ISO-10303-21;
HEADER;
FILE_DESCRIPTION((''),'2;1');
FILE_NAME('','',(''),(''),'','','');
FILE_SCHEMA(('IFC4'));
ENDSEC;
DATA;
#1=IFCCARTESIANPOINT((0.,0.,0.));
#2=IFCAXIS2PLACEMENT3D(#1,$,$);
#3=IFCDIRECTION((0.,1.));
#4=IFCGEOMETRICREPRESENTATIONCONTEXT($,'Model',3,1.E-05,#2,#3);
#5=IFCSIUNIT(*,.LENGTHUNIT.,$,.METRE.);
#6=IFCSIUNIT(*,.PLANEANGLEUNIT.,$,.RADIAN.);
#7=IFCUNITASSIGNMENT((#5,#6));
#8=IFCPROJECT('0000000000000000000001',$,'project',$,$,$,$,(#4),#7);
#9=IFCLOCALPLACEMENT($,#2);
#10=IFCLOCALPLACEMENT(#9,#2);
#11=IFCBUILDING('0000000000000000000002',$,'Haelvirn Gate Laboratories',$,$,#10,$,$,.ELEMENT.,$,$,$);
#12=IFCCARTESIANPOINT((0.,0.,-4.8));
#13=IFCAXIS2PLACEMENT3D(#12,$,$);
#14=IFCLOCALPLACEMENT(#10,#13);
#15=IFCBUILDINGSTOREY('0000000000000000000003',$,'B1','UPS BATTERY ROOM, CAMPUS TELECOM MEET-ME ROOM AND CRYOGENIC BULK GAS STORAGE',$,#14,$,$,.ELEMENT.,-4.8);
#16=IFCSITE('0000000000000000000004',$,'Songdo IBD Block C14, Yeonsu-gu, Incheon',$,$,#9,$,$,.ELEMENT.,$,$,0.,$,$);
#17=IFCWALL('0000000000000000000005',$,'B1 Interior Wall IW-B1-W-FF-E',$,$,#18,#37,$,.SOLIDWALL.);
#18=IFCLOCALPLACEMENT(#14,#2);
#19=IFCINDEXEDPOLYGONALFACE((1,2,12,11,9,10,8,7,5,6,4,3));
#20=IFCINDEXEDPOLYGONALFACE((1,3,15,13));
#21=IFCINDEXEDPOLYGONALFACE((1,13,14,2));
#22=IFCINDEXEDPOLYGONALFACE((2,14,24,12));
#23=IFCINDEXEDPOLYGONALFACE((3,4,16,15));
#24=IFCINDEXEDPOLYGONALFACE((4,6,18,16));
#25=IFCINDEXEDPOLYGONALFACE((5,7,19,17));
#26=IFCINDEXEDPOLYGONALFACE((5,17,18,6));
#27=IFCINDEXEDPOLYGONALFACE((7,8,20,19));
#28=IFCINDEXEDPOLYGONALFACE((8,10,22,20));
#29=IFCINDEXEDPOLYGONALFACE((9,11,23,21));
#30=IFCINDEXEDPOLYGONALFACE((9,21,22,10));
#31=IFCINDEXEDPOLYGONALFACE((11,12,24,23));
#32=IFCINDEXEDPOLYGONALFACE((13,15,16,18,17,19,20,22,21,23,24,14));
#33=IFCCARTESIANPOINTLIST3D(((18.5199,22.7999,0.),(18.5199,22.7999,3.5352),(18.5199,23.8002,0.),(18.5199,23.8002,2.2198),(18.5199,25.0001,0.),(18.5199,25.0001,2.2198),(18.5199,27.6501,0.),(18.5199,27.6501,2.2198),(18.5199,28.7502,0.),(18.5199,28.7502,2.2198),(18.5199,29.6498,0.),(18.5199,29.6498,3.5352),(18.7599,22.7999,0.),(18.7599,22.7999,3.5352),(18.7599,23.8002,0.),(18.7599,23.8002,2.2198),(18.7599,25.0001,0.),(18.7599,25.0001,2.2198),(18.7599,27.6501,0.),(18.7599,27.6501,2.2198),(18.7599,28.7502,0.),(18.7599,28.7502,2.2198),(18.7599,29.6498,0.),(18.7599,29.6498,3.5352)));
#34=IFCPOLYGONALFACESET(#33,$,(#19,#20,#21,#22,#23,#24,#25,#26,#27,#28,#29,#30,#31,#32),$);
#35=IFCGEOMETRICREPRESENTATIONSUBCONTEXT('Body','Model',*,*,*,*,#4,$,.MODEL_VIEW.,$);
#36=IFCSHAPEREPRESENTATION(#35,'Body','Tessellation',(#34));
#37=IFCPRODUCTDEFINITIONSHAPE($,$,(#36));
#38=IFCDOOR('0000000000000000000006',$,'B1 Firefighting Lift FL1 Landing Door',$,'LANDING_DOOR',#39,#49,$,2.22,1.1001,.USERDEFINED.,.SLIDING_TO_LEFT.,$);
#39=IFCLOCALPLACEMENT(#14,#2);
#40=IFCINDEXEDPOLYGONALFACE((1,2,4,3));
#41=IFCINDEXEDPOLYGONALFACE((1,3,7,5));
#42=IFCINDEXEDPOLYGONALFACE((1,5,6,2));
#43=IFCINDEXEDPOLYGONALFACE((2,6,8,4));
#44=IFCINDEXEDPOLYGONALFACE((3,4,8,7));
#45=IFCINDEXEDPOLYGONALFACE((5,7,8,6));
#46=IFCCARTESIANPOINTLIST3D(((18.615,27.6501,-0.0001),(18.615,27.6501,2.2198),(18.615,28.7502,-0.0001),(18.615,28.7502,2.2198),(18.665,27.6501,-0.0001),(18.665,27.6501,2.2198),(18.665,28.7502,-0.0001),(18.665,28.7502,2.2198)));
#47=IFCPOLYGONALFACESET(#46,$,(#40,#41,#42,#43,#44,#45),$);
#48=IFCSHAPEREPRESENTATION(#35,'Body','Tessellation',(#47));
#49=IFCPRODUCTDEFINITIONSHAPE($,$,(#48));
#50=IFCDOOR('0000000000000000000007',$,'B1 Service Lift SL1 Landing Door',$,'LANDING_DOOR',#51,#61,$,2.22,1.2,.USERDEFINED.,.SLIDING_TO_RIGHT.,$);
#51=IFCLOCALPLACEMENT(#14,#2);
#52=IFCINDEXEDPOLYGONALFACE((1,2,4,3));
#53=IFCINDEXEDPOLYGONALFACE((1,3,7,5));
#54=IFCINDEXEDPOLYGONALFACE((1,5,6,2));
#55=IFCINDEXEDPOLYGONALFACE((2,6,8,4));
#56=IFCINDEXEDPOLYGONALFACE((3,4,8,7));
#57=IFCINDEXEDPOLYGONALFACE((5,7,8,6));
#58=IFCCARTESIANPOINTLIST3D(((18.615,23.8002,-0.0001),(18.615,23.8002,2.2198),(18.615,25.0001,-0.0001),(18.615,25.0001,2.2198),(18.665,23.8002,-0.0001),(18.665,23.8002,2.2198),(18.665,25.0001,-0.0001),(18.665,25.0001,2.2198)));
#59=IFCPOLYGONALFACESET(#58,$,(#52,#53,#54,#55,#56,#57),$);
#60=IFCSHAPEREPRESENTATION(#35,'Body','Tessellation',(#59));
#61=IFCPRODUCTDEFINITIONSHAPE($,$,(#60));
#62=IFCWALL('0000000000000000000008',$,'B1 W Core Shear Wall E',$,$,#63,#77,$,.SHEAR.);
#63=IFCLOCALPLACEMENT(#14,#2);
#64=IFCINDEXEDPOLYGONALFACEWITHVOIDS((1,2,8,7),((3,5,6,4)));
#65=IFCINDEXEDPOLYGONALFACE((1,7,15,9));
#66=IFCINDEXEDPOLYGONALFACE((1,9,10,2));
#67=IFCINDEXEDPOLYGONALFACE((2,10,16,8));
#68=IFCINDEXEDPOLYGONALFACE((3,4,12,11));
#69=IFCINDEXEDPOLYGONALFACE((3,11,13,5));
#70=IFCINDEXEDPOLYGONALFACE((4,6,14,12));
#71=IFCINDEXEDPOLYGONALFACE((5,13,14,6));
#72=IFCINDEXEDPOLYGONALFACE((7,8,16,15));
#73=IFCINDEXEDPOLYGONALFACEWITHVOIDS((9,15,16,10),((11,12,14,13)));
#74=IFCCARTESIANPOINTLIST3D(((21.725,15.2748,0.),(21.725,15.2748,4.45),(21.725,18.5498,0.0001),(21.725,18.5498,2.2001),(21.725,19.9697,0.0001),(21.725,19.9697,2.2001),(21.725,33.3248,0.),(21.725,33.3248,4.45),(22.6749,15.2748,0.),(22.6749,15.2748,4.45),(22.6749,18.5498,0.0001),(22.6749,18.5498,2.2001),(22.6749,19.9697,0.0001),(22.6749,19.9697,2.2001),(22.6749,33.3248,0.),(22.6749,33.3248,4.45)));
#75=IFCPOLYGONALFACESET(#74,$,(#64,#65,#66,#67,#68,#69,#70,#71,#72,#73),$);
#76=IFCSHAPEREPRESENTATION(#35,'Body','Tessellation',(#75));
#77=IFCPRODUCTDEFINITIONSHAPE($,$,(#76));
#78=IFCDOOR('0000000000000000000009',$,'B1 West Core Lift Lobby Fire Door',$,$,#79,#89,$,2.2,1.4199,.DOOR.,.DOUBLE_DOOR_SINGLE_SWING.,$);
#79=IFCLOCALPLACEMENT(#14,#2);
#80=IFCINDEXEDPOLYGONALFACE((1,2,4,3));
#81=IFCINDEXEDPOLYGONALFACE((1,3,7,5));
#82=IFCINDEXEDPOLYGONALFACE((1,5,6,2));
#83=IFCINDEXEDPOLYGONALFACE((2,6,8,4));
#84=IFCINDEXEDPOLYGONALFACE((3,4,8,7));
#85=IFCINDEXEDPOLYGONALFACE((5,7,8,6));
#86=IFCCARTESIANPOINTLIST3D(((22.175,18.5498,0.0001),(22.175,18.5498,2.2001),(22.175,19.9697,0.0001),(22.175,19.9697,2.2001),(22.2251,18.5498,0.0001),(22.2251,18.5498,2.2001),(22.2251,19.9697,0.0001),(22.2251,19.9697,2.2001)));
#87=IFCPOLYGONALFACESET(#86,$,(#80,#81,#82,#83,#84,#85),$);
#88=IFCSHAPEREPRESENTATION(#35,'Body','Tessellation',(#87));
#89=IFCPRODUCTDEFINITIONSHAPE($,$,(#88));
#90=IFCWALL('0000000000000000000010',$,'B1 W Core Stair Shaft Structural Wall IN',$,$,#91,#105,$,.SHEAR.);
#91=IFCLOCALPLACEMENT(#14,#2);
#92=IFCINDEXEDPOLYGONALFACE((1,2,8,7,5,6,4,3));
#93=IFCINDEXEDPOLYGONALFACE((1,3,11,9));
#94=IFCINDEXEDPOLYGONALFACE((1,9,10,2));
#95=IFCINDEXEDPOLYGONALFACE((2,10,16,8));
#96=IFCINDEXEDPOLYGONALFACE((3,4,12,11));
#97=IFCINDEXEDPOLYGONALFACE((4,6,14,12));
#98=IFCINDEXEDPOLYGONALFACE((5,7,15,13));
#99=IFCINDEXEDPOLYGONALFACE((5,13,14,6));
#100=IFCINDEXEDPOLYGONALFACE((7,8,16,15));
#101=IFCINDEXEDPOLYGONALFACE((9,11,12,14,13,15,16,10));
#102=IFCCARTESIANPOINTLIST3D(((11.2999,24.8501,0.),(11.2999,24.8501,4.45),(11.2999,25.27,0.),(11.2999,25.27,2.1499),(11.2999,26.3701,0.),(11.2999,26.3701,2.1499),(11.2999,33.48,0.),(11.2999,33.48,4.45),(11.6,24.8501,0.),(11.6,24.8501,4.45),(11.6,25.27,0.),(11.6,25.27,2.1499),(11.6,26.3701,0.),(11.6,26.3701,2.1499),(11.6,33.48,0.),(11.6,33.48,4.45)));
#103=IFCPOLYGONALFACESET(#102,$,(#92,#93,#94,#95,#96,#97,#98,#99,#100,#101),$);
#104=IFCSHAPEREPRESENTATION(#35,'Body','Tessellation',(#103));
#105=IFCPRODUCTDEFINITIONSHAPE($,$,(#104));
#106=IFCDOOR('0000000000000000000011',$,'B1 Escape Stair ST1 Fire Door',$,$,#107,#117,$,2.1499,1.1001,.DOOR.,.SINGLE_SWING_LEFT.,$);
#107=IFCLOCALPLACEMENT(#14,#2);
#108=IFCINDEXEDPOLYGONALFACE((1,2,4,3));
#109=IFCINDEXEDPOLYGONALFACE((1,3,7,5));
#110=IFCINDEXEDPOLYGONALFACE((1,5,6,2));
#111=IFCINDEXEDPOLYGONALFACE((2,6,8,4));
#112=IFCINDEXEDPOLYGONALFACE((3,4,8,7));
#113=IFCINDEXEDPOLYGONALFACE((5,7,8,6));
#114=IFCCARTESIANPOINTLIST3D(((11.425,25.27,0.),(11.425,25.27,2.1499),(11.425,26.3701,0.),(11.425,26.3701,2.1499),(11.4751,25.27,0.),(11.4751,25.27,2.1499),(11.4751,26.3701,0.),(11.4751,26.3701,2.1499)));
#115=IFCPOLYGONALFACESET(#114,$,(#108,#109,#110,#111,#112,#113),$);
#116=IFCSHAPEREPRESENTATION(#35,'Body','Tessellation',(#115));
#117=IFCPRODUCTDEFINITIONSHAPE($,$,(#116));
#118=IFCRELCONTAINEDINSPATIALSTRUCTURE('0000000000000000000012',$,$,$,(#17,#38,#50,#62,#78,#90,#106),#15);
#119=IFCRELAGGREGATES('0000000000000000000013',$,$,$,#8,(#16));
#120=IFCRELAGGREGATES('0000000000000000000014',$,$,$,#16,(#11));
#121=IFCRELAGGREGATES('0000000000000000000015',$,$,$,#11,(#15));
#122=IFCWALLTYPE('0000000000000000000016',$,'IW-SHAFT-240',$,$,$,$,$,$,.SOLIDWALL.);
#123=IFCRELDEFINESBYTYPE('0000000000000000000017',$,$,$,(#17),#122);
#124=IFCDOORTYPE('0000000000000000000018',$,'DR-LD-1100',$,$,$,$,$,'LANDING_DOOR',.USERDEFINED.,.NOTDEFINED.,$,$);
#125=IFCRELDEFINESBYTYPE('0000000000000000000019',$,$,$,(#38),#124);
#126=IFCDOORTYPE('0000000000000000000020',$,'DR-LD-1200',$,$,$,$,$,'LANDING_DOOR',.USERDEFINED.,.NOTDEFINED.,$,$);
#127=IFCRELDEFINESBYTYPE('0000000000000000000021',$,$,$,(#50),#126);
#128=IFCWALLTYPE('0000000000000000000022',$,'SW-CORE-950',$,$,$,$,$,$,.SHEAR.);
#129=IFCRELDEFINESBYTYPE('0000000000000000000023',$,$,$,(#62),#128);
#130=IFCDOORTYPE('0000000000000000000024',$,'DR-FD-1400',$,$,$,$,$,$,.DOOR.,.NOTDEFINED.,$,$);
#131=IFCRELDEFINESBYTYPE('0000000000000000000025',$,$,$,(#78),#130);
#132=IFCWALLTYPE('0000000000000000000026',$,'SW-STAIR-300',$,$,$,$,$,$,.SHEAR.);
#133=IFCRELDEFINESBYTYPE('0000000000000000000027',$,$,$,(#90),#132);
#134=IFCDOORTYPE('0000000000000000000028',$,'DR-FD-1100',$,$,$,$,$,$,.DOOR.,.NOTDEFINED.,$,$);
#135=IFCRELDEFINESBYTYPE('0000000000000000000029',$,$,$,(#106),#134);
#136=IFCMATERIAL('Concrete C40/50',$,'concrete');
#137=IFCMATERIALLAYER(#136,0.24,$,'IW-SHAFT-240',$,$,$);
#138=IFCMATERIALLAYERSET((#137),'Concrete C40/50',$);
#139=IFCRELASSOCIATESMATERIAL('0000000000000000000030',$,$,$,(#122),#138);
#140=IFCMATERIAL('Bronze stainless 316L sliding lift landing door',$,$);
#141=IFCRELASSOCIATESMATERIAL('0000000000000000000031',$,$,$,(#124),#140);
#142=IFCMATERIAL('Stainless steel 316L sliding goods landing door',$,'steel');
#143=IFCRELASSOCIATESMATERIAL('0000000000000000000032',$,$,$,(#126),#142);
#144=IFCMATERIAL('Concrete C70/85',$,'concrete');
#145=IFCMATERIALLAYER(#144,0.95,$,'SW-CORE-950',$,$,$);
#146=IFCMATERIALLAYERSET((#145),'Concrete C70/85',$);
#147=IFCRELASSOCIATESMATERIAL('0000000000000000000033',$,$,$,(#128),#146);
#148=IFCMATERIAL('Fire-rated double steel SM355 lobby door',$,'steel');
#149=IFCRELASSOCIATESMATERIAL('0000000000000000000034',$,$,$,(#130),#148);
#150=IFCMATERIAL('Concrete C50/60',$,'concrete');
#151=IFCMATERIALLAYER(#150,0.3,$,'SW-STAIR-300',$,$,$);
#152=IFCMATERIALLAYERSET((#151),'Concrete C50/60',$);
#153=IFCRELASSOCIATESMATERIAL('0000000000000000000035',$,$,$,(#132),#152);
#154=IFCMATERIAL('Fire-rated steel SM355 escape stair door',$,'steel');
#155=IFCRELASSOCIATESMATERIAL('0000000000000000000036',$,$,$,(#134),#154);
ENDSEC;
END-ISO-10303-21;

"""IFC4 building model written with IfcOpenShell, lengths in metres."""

from ifc_helpers import new_model, si_unit, direction, frame, frame_2d, origin, place, context, subcontext, project, spatial, rectangle, extrude, source, transform, mapped, material, layer, layer_set, type_object, type_shapes, element, fill, save


model = new_model("IFC4")

# Units and contexts
model_context = context("Model", 3, precision=1e-05, world=origin(), true_north=direction((0.0, 1.0)))
body_context = subcontext(model_context, "Body", "Model", "MODEL_VIEW")
ifc_project = project(units=[si_unit("LENGTHUNIT", "METRE"), si_unit("PLANEANGLEUNIT", "RADIAN")], contexts=[model_context])

# Site, building, storey
site_placement = place(None, origin())
site = spatial("IfcSite", under=ifc_project, at=site_placement, Name="Songdo IBD Block C14, Yeonsu-gu, Incheon", CompositionType="ELEMENT", RefElevation=0.0)
building_placement = place(site_placement, origin())
building = spatial("IfcBuilding", under=site, at=building_placement, Name="Haelvirn Gate Laboratories", CompositionType="ELEMENT")
storey_placement = place(building_placement, frame((0.0, 0.0, -4.8)))
storey = spatial("IfcBuildingStorey", under=building, at=storey_placement, Name="B1", Description="UPS BATTERY ROOM, CAMPUS TELECOM MEET-ME ROOM AND CRYOGENIC BULK GAS STORAGE", CompositionType="ELEMENT", Elevation=-4.8)

# Shared definitions
ifc_material_1 = material(Name="Concrete C40/50", Category="concrete")

# Shared definitions
ifc_layer_1 = layer(ifc_material_1, 0.24, Name="IW-SHAFT-240")
ifc_layer_set_1 = layer_set([ifc_layer_1], Name="Concrete C40/50")
wall_type_1 = type_object("IfcWallType", Name="IW-SHAFT-240", PredefinedType="SOLIDWALL", material=ifc_layer_set_1)

# Wall, openings, doors
wall_1_placement = place(storey_placement, frame((18.6399, 22.8, 0.0), z_axis=(0.0, 0.0, 1.0), x_axis=(0.0, 1.0, 0.0)))
wall_1 = element("IfcWall", 1, at=wall_1_placement, inside=storey, type_object=wall_type_1, Name="B1 Interior Wall IW-B1-W-FF-E", PredefinedType="SOLIDWALL", context=body_context, shape_type="SweptSolid", body=[
    extrude(rectangle(XDim=6.8499, YDim=0.24, at=frame_2d((3.4248, 0.0))), origin(), (0.0, 0.0, 1.0), 3.5352),
])
opening_1_placement = place(wall_1_placement, frame((4.8501, 0.0, 0.0)))
opening_1 = element("IfcOpeningElement", 2, at=opening_1_placement, cuts=wall_1, PredefinedType="OPENING", context=body_context, shape_type="SweptSolid", body=[
    extrude(rectangle(XDim=1.1001, YDim=2.22, at=frame_2d((0.55, 1.1099))), frame((0.0, 0.1299, 0.0), z_axis=(0.0, -1.0, 0.0), x_axis=(1.0, 0.0, 0.0)), (0.0, 0.0, 1.0), 0.26),
])
opening_2_placement = place(wall_1_placement, frame((1.0, 0.0, 0.0)))
opening_2 = element("IfcOpeningElement", 3, at=opening_2_placement, cuts=wall_1, PredefinedType="OPENING", context=body_context, shape_type="SweptSolid", body=[
    extrude(rectangle(XDim=1.2, YDim=2.22, at=frame_2d((0.6001, 1.1099))), frame((0.0, 0.1299, 0.0), z_axis=(0.0, -1.0, 0.0), x_axis=(1.0, 0.0, 0.0)), (0.0, 0.0, 1.0), 0.26),
])
ifc_material_2 = material(Name="Bronze stainless 316L sliding lift landing door")
door_type_1 = type_object("IfcDoorType", Name="DR-LD-1100", ElementType="LANDING_DOOR", OperationType="NOTDEFINED", PredefinedType="USERDEFINED", material=ifc_material_2)
shared_shape_1 = source(origin(), body_context, "Body", "SweptSolid", [
    extrude(rectangle(XDim=1.1001, YDim=2.22, at=frame_2d((0.55, 1.1099))), frame((0.0, 0.0249, 0.0), z_axis=(0.0, -1.0, 0.0), x_axis=(1.0, 0.0, 0.0)), (0.0, 0.0, 1.0), 0.05),
])
type_shapes(door_type_1, [shared_shape_1])
door_1_placement = place(opening_1_placement, origin())
door_1 = element("IfcDoor", 4, at=door_1_placement, inside=storey, type_object=door_type_1, Name="B1 Firefighting Lift FL1 Landing Door", ObjectType="LANDING_DOOR", OperationType="SLIDING_TO_LEFT", OverallHeight=2.22, OverallWidth=1.1001, PredefinedType="USERDEFINED", context=body_context, shape_type="MappedRepresentation", body=[
    mapped(shared_shape_1, transform((0.0, 0.0, 0.0), scale=1.0)),
])
fill(opening_1, door_1)
ifc_material_3 = material(Name="Stainless steel 316L sliding goods landing door", Category="steel")
door_type_2 = type_object("IfcDoorType", Name="DR-LD-1200", ElementType="LANDING_DOOR", OperationType="NOTDEFINED", PredefinedType="USERDEFINED", material=ifc_material_3)
shared_shape_2 = source(origin(), body_context, "Body", "SweptSolid", [
    extrude(rectangle(XDim=1.2, YDim=2.22, at=frame_2d((0.6001, 1.1099))), frame((0.0, 0.0249, 0.0), z_axis=(0.0, -1.0, 0.0), x_axis=(1.0, 0.0, 0.0)), (0.0, 0.0, 1.0), 0.05),
])
type_shapes(door_type_2, [shared_shape_2])
door_2_placement = place(opening_2_placement, origin())
door_2 = element("IfcDoor", 5, at=door_2_placement, inside=storey, type_object=door_type_2, Name="B1 Service Lift SL1 Landing Door", ObjectType="LANDING_DOOR", OperationType="SLIDING_TO_RIGHT", OverallHeight=2.22, OverallWidth=1.2, PredefinedType="USERDEFINED", context=body_context, shape_type="MappedRepresentation", body=[
    mapped(shared_shape_2, transform((0.0, 0.0, 0.0), scale=1.0)),
])
fill(opening_2, door_2)

# Walls, openings, doors
ifc_material_4 = material(Name="Concrete C70/85", Category="concrete")
ifc_layer_2 = layer(ifc_material_4, 0.95, Name="SW-CORE-950")
ifc_layer_set_2 = layer_set([ifc_layer_2], Name="Concrete C70/85")
wall_type_2 = type_object("IfcWallType", Name="SW-CORE-950", PredefinedType="SHEAR", material=ifc_layer_set_2)
wall_2_placement = place(storey_placement, frame((22.2, 15.2749, 0.0), z_axis=(0.0, 0.0, 1.0), x_axis=(0.0, 1.0, 0.0)))
wall_2 = element("IfcWall", 6, at=wall_2_placement, inside=storey, type_object=wall_type_2, Name="B1 W Core Shear Wall E", PredefinedType="SHEAR", context=body_context, shape_type="SweptSolid", body=[
    extrude(rectangle(XDim=18.05, YDim=0.95, at=frame_2d((9.0249, 0.0))), origin(), (0.0, 0.0, 1.0), 4.45),
])
opening_3_placement = place(wall_2_placement, frame((3.2749, 0.0, 0.0)))
opening_3 = element("IfcOpeningElement", 7, at=opening_3_placement, cuts=wall_2, PredefinedType="OPENING", context=body_context, shape_type="SweptSolid", body=[
    extrude(rectangle(XDim=1.4199, YDim=2.2, at=frame_2d((0.71, 1.1001))), frame((0.0, 0.4849, 0.0), z_axis=(0.0, -1.0, 0.0), x_axis=(1.0, 0.0, 0.0)), (0.0, 0.0, 1.0), 0.97),
])
ifc_material_5 = material(Name="Fire-rated double steel SM355 lobby door", Category="steel")
door_type_3 = type_object("IfcDoorType", Name="DR-FD-1400", OperationType="NOTDEFINED", PredefinedType="DOOR", material=ifc_material_5)
shared_shape_3 = source(origin(), body_context, "Body", "SweptSolid", [
    extrude(rectangle(XDim=1.4199, YDim=2.2, at=frame_2d((0.71, 1.1001))), frame((0.0, 0.0249, 0.0), z_axis=(0.0, -1.0, 0.0), x_axis=(1.0, 0.0, 0.0)), (0.0, 0.0, 1.0), 0.05),
])
type_shapes(door_type_3, [shared_shape_3])
door_3_placement = place(opening_3_placement, origin())
door_3 = element("IfcDoor", 8, at=door_3_placement, inside=storey, type_object=door_type_3, Name="B1 West Core Lift Lobby Fire Door", OperationType="DOUBLE_DOOR_SINGLE_SWING", OverallHeight=2.2, OverallWidth=1.4199, PredefinedType="DOOR", context=body_context, shape_type="MappedRepresentation", body=[
    mapped(shared_shape_3, transform((0.0, 0.0, 0.0), scale=1.0)),
])
fill(opening_3, door_3)
ifc_material_6 = material(Name="Concrete C50/60", Category="concrete")
ifc_layer_3 = layer(ifc_material_6, 0.3, Name="SW-STAIR-300")
ifc_layer_set_3 = layer_set([ifc_layer_3], Name="Concrete C50/60")
wall_type_3 = type_object("IfcWallType", Name="SW-STAIR-300", PredefinedType="SHEAR", material=ifc_layer_set_3)
wall_3_placement = place(storey_placement, frame((11.45, 24.8501, 0.0), z_axis=(0.0, 0.0, 1.0), x_axis=(0.0, 1.0, 0.0)))
wall_3 = element("IfcWall", 9, at=wall_3_placement, inside=storey, type_object=wall_type_3, Name="B1 W Core Stair Shaft Structural Wall IN", PredefinedType="SHEAR", context=body_context, shape_type="SweptSolid", body=[
    extrude(rectangle(XDim=8.6299, YDim=0.3, at=frame_2d((4.3149, 0.0))), origin(), (0.0, 0.0, 1.0), 4.45),
])
opening_4_placement = place(wall_3_placement, frame((0.4199, 0.0, 0.0)))
opening_4 = element("IfcOpeningElement", 10, at=opening_4_placement, cuts=wall_3, PredefinedType="OPENING", context=body_context, shape_type="SweptSolid", body=[
    extrude(rectangle(XDim=1.1001, YDim=2.1499, at=frame_2d((0.55, 1.075))), frame((0.0, 0.1602, 0.0), z_axis=(0.0, -1.0, 0.0), x_axis=(1.0, 0.0, 0.0)), (0.0, 0.0, 1.0), 0.3201),
])
ifc_material_7 = material(Name="Fire-rated steel SM355 escape stair door", Category="steel")
door_type_4 = type_object("IfcDoorType", Name="DR-FD-1100", OperationType="NOTDEFINED", PredefinedType="DOOR", material=ifc_material_7)
shared_shape_4 = source(origin(), body_context, "Body", "SweptSolid", [
    extrude(rectangle(XDim=1.1001, YDim=2.1499, at=frame_2d((0.55, 1.075))), frame((0.0, 0.0249, 0.0), z_axis=(0.0, -1.0, 0.0), x_axis=(1.0, 0.0, 0.0)), (0.0, 0.0, 1.0), 0.05),
])
type_shapes(door_type_4, [shared_shape_4])
door_4_placement = place(opening_4_placement, origin())
door_4 = element("IfcDoor", 11, at=door_4_placement, inside=storey, type_object=door_type_4, Name="B1 Escape Stair ST1 Fire Door", OperationType="SINGLE_SWING_LEFT", OverallHeight=2.1499, OverallWidth=1.1001, PredefinedType="DOOR", context=body_context, shape_type="MappedRepresentation", body=[
    mapped(shared_shape_4, transform((0.0, 0.0, 0.0), scale=1.0)),
])
fill(opening_4, door_4)

save(model, "model.ifc")
